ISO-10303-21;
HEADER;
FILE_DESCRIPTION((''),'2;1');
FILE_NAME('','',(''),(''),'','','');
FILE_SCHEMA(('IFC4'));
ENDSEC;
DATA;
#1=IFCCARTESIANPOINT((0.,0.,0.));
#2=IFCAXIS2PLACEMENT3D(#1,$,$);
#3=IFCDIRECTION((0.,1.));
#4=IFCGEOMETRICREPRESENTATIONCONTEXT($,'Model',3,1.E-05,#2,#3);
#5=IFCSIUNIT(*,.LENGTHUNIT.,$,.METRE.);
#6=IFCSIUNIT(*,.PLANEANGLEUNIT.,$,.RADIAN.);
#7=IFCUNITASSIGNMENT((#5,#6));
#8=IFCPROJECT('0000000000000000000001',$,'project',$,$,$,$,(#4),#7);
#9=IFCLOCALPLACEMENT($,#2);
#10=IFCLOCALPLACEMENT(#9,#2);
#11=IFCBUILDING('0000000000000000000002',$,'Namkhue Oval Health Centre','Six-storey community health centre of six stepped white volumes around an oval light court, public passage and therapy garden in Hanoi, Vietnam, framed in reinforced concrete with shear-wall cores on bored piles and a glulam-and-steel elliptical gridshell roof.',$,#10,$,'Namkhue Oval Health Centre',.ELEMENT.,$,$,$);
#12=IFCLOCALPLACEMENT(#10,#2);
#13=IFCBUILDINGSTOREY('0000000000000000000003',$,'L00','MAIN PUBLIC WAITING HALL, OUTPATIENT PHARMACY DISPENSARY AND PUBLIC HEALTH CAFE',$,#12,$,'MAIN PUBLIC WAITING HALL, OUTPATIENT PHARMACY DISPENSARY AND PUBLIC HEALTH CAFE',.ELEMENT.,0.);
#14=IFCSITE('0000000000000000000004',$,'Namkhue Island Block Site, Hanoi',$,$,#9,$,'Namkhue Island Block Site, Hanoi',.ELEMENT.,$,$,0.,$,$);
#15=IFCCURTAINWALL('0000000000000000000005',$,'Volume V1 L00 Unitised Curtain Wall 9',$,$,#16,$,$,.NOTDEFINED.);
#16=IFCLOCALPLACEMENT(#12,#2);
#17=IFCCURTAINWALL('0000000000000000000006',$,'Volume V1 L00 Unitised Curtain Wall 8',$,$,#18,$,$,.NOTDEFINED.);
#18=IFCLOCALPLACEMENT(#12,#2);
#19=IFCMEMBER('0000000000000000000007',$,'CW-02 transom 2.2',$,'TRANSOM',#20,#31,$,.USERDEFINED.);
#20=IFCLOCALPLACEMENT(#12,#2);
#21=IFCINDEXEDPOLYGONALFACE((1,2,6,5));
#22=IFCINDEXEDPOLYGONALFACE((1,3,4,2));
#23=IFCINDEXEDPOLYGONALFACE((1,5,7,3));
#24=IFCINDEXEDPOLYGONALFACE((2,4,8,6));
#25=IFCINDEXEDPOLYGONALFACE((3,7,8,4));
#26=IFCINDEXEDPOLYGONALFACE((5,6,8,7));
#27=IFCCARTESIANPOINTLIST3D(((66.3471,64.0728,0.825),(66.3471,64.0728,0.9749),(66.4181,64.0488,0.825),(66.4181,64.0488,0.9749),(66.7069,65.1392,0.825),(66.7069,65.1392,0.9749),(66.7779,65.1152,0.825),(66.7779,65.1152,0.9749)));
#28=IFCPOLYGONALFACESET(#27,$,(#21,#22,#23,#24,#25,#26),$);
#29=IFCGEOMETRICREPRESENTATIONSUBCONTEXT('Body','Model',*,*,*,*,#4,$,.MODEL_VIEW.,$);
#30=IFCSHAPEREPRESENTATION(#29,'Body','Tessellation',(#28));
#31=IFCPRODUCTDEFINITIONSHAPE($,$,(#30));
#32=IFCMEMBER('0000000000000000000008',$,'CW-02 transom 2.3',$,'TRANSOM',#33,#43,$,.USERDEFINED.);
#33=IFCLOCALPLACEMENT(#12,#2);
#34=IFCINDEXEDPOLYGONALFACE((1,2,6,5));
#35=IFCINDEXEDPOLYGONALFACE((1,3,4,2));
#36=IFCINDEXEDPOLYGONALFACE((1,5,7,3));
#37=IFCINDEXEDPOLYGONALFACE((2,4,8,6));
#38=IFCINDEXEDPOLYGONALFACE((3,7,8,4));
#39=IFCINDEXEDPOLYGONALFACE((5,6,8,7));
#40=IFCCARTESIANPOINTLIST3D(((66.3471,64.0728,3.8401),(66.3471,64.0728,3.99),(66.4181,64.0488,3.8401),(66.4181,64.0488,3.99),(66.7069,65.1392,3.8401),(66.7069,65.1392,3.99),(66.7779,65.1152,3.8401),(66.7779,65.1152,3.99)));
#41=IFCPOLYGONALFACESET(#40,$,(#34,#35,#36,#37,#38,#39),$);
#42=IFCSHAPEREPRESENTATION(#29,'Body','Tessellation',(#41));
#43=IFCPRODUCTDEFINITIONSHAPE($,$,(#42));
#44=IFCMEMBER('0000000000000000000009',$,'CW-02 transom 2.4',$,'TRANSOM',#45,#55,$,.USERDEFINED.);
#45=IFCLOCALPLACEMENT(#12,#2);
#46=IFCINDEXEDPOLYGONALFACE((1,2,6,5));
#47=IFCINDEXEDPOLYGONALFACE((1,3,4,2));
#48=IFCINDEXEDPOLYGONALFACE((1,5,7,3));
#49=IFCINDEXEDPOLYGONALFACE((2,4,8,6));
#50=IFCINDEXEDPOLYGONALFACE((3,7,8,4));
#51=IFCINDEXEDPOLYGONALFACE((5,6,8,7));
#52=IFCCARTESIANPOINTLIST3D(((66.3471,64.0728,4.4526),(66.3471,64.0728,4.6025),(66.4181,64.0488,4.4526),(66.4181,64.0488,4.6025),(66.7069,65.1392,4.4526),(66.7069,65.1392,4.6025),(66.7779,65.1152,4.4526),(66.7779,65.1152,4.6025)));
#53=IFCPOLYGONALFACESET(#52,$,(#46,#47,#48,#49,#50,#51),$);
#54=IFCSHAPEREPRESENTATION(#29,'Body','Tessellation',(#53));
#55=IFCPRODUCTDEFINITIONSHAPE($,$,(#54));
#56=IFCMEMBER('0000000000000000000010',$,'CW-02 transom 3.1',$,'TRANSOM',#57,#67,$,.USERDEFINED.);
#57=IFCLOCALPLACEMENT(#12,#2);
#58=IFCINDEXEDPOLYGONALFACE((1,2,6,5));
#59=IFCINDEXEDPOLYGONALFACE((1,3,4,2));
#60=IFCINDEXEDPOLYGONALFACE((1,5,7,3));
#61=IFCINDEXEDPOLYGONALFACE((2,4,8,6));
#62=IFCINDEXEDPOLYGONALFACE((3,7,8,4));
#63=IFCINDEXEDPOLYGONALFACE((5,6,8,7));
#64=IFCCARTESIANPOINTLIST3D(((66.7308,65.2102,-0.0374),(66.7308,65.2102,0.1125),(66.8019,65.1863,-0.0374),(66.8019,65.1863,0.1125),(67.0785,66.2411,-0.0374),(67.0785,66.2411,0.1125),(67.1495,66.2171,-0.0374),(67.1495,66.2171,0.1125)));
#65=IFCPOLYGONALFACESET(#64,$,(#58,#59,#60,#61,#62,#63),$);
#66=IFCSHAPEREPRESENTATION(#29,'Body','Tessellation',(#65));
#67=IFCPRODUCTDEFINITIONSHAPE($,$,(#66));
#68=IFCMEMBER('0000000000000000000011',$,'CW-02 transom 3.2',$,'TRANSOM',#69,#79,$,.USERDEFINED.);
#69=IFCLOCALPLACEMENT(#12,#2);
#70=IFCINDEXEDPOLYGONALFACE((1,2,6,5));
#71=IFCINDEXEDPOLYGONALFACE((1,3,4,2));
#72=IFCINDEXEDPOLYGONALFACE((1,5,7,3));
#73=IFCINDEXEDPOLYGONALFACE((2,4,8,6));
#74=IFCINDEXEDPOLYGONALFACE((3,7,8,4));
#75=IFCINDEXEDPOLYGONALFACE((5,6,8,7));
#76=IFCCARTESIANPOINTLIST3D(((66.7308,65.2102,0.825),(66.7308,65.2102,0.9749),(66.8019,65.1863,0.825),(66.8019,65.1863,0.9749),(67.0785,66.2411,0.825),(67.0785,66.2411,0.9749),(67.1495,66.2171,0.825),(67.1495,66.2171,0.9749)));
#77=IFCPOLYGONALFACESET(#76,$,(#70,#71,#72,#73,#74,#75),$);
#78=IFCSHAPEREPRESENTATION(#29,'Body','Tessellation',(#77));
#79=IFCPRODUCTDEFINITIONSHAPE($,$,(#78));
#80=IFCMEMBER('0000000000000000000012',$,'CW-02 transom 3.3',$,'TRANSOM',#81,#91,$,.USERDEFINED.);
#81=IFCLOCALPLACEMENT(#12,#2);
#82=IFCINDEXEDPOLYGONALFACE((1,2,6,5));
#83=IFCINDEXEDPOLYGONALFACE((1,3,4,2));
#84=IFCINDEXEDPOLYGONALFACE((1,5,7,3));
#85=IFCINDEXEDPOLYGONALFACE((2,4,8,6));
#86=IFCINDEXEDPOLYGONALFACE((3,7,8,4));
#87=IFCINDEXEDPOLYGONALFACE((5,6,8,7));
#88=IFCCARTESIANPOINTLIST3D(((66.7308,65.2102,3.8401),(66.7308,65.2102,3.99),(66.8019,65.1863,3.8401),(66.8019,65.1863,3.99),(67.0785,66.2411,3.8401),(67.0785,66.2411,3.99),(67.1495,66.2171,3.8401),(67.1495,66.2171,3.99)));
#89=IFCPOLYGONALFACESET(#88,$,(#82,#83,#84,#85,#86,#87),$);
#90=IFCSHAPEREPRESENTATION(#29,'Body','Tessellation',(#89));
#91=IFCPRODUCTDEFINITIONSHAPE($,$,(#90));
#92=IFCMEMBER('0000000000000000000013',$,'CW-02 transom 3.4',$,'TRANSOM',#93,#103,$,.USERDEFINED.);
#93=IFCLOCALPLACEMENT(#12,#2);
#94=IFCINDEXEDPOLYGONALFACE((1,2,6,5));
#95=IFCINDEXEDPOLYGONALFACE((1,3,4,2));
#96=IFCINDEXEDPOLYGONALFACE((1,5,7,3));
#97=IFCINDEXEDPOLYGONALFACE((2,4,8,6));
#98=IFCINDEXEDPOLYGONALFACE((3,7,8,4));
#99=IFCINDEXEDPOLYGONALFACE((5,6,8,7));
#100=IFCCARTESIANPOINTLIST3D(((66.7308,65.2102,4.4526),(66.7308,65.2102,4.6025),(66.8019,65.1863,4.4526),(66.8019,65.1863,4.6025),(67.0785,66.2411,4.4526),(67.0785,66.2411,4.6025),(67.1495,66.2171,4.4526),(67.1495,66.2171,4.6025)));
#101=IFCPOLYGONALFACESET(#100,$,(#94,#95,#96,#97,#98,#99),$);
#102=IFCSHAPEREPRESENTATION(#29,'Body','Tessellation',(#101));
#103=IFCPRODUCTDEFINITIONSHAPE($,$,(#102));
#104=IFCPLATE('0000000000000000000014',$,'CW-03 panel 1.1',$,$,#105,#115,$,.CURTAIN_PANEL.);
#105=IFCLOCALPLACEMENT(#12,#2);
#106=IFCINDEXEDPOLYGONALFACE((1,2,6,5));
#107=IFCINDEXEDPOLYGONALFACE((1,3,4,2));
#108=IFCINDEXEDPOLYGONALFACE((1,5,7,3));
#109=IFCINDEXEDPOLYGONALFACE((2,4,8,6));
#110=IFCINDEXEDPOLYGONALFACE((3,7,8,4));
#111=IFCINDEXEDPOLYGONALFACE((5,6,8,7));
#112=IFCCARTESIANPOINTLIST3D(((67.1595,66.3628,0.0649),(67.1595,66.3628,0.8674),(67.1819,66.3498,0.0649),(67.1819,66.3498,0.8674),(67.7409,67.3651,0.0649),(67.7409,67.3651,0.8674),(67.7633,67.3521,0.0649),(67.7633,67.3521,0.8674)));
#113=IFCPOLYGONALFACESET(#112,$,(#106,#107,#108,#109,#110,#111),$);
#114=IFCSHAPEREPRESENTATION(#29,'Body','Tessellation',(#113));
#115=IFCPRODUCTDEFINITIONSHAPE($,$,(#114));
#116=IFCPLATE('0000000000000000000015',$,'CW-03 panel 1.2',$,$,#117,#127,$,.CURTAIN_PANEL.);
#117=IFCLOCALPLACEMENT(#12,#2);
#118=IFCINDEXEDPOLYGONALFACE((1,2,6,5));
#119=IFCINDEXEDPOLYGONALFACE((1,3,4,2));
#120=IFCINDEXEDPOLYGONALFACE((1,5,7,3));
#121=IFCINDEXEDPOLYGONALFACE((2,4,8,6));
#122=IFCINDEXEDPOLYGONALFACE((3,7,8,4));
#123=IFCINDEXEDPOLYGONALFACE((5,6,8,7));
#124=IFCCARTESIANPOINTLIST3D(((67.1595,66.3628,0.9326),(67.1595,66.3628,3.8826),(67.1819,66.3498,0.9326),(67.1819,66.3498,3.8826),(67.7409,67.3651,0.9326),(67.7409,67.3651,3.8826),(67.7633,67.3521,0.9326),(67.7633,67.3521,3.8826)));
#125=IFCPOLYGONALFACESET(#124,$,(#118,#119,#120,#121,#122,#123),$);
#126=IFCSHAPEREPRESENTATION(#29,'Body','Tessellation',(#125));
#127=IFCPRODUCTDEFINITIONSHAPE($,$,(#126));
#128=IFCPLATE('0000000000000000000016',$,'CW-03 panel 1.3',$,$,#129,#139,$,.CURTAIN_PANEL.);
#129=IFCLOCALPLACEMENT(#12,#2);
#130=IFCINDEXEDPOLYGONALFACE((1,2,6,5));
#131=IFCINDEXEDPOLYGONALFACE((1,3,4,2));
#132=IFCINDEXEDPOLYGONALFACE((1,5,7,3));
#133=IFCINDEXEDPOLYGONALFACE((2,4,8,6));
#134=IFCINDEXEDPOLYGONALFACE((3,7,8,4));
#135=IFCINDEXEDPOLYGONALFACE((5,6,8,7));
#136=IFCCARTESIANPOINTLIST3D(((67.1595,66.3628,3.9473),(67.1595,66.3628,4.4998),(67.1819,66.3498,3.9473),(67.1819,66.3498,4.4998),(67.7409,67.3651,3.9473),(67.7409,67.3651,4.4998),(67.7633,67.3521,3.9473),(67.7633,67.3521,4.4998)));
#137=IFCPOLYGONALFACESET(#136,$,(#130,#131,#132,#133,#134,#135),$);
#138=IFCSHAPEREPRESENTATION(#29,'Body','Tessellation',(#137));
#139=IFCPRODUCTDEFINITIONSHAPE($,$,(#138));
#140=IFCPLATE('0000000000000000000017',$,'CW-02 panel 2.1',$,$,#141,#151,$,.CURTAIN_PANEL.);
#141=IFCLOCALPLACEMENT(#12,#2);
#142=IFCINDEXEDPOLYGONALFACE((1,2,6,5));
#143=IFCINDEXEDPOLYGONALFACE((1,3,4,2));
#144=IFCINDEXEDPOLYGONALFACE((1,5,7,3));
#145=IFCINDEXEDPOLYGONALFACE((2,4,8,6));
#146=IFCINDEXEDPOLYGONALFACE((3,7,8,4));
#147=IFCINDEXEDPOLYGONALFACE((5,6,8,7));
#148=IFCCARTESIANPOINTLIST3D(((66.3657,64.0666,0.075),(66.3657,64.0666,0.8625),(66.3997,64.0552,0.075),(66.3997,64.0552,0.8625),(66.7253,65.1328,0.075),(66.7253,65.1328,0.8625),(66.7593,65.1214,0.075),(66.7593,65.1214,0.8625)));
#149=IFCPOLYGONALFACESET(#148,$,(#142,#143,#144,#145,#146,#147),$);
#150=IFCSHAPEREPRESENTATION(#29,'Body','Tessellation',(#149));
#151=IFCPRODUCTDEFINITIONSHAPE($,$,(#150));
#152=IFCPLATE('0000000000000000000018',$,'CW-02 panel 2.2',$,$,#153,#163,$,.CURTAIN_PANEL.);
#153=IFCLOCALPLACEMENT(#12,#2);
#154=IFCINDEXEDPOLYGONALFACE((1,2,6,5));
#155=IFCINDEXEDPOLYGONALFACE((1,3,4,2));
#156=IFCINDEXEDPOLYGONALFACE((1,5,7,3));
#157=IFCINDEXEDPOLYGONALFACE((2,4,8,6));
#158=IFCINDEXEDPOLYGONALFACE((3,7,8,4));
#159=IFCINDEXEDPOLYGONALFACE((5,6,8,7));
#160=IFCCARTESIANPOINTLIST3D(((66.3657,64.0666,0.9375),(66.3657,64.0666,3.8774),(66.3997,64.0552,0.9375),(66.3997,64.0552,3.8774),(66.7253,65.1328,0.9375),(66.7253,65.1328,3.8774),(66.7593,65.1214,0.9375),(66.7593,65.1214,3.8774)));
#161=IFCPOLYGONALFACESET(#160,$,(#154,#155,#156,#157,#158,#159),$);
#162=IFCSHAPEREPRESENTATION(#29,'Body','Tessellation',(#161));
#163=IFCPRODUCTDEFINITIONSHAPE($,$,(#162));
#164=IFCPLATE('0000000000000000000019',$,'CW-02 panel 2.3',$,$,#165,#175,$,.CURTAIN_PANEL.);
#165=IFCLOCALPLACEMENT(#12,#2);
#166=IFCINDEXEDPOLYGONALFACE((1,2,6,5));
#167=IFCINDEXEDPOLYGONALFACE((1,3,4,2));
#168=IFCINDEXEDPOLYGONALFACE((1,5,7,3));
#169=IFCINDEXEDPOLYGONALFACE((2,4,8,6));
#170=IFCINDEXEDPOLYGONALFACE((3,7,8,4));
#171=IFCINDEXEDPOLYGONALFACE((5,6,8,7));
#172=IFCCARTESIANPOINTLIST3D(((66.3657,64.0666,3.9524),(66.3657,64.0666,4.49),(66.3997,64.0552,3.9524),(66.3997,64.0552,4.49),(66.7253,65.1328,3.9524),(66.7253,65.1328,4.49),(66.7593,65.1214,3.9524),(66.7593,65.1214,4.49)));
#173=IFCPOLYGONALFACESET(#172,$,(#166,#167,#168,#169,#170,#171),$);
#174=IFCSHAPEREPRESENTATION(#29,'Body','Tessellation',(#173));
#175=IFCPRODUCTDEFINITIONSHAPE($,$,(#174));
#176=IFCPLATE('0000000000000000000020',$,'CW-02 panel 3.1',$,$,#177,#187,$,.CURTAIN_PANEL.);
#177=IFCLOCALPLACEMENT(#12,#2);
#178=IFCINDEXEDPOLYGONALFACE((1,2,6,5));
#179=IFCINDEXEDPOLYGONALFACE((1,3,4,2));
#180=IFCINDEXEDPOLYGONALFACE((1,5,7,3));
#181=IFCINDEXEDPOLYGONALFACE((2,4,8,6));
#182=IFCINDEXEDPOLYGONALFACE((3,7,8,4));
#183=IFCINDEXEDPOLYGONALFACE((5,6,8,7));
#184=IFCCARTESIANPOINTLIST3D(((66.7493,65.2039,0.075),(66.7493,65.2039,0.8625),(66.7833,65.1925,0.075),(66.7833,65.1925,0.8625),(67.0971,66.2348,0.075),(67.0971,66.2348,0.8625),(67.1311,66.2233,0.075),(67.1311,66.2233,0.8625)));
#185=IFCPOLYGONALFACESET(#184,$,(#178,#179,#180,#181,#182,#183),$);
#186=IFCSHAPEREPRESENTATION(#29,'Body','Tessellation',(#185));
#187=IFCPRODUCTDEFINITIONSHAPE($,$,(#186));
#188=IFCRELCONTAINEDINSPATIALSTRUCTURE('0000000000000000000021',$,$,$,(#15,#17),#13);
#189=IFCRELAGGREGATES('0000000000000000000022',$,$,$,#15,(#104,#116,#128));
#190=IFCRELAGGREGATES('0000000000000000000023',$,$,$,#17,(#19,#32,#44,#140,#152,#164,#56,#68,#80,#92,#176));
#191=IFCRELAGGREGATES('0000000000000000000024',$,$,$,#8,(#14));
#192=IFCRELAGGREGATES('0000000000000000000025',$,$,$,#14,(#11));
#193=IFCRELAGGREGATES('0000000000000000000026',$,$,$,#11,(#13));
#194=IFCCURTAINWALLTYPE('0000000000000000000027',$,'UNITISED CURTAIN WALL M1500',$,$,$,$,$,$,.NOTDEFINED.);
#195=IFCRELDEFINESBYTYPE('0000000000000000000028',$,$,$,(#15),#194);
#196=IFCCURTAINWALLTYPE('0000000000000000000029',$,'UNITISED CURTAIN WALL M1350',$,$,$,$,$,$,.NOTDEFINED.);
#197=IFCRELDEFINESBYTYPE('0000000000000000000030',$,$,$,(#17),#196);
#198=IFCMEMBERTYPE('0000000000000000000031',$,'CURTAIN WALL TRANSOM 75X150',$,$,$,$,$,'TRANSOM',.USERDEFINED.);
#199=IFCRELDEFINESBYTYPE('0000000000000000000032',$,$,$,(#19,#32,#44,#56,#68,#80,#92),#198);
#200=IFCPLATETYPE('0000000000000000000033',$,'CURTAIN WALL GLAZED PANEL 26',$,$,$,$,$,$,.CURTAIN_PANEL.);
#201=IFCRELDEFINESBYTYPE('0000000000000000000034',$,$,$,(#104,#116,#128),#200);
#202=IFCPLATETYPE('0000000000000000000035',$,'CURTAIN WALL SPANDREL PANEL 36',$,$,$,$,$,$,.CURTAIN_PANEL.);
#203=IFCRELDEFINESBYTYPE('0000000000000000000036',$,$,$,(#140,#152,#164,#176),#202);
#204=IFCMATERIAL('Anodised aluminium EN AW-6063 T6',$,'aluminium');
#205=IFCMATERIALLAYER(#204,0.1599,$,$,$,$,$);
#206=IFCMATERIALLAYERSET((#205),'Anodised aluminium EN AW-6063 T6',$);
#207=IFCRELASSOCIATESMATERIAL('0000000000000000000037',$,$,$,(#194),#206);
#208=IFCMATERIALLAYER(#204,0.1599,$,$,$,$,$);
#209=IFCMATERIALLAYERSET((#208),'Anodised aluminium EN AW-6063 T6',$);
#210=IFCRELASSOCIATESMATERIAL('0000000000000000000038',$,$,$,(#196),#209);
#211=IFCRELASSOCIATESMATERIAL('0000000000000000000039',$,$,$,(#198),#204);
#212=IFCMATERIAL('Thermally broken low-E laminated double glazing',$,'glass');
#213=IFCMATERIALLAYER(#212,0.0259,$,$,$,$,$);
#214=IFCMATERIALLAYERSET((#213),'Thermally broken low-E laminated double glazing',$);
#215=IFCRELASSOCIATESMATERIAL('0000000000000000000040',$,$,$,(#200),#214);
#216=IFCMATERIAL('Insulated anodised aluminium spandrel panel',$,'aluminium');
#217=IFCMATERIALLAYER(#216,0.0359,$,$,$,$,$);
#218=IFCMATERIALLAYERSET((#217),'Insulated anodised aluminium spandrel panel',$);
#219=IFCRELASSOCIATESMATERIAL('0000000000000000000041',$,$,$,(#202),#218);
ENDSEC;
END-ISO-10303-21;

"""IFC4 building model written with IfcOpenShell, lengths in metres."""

from ifc_helpers import new_model, si_unit, direction, frame, origin, origin_2d, place, context, subcontext, project, spatial, rectangle, extrude, material, layer, layer_set, material_profile, profile_set, type_object, element, aggregate, save


model = new_model("IFC4")

# Units and contexts
model_context = context("Model", 3, precision=1e-05, world=origin(), true_north=direction((0.0, 1.0)))
body_context = subcontext(model_context, "Body", "Model", "MODEL_VIEW")
ifc_project = project(units=[si_unit("LENGTHUNIT", "METRE"), si_unit("PLANEANGLEUNIT", "RADIAN")], contexts=[model_context])

# Site, building, storey
site_placement = place(None, origin())
site = spatial("IfcSite", under=ifc_project, at=site_placement, Name="Namkhue Island Block Site, Hanoi", LongName="Namkhue Island Block Site, Hanoi", CompositionType="ELEMENT", RefElevation=0.0)
building_placement = place(site_placement, origin())
building = spatial("IfcBuilding", under=site, at=building_placement, Name="Namkhue Oval Health Centre", Description="Six-storey community health centre of six stepped white volumes around an oval light court, public passage and therapy garden in Hanoi, Vietnam, framed in reinforced concrete with shear-wall cores on bored piles and a glulam-and-steel elliptical gridshell roof.", LongName="Namkhue Oval Health Centre", CompositionType="ELEMENT")
storey_placement = place(building_placement, origin())
storey = spatial("IfcBuildingStorey", under=building, at=storey_placement, Name="L00", Description="MAIN PUBLIC WAITING HALL, OUTPATIENT PHARMACY DISPENSARY AND PUBLIC HEALTH CAFE", LongName="MAIN PUBLIC WAITING HALL, OUTPATIENT PHARMACY DISPENSARY AND PUBLIC HEALTH CAFE", CompositionType="ELEMENT", Elevation=0.0)

# Curtain walls
ifc_material_1 = material(Name="Anodised aluminium EN AW-6063 T6", Category="aluminium")
ifc_layer_1 = layer(ifc_material_1, 0.1599)
ifc_layer_set_1 = layer_set([ifc_layer_1], Name="Anodised aluminium EN AW-6063 T6")
curtain_wall_type_1 = type_object("IfcCurtainWallType", Name="UNITISED CURTAIN WALL M1500", PredefinedType="NOTDEFINED", material=ifc_layer_set_1)
curtain_wall_1_placement = place(storey_placement, origin())
curtain_wall_1 = element("IfcCurtainWall", 1, at=curtain_wall_1_placement, inside=storey, type_object=curtain_wall_type_1, Name="Volume V1 L00 Unitised Curtain Wall 9", PredefinedType="NOTDEFINED")
ifc_layer_2 = layer(ifc_material_1, 0.1599)
ifc_layer_set_2 = layer_set([ifc_layer_2], Name="Anodised aluminium EN AW-6063 T6")
curtain_wall_type_2 = type_object("IfcCurtainWallType", Name="UNITISED CURTAIN WALL M1350", PredefinedType="NOTDEFINED", material=ifc_layer_set_2)
curtain_wall_2_placement = place(storey_placement, origin())
curtain_wall_2 = element("IfcCurtainWall", 2, at=curtain_wall_2_placement, inside=storey, type_object=curtain_wall_type_2, Name="Volume V1 L00 Unitised Curtain Wall 8", PredefinedType="NOTDEFINED")

# Members
ifc_material_profile_1 = material_profile(ifc_material_1, rectangle(XDim=0.075, YDim=0.1499, at=origin_2d()), Name="ALU 75x150")
ifc_profile_set_1 = profile_set([ifc_material_profile_1], Name="Anodised aluminium EN AW-6063 T6")
member_type_1 = type_object("IfcMemberType", Name="CURTAIN WALL TRANSOM 75X150", ElementType="TRANSOM", PredefinedType="USERDEFINED", material=ifc_profile_set_1)
member_1_placement = place(storey_placement, frame((66.3826, 64.0608, 0.8999), z_axis=(0.31974, 0.947505, 0.0), x_axis=(-0.947505, 0.31974, 0.0)))
member_1 = element("IfcMember", 3, at=member_1_placement, type_object=member_type_1, Name="CW-02 transom 2.2", ObjectType="TRANSOM", PredefinedType="USERDEFINED", context=body_context, shape_type="SweptSolid", body=[
    extrude(rectangle(XDim=0.075, YDim=0.1499, at=origin_2d()), origin(), (0.0, 0.0, 1.0), 1.1255),
])
member_2_placement = place(storey_placement, frame((66.3826, 64.0608, 3.915), z_axis=(0.31974, 0.947505, 0.0), x_axis=(-0.947505, 0.31974, 0.0)))
member_2 = element("IfcMember", 4, at=member_2_placement, type_object=member_type_1, Name="CW-02 transom 2.3", ObjectType="TRANSOM", PredefinedType="USERDEFINED", context=body_context, shape_type="SweptSolid", body=[
    extrude(rectangle(XDim=0.075, YDim=0.1499, at=origin_2d()), origin(), (0.0, 0.0, 1.0), 1.1255),
])
member_3_placement = place(storey_placement, frame((66.3826, 64.0608, 4.5276), z_axis=(0.31974, 0.947505, 0.0), x_axis=(-0.947505, 0.31974, 0.0)))
member_3 = element("IfcMember", 5, at=member_3_placement, type_object=member_type_1, Name="CW-02 transom 2.4", ObjectType="TRANSOM", PredefinedType="USERDEFINED", context=body_context, shape_type="SweptSolid", body=[
    extrude(rectangle(XDim=0.075, YDim=0.1499, at=origin_2d()), origin(), (0.0, 0.0, 1.0), 1.1255),
])
member_4_placement = place(storey_placement, frame((66.7664, 65.1982, 0.0376), z_axis=(0.319592, 0.947555, 0.0), x_axis=(-0.947555, 0.319592, 0.0)))
member_4 = element("IfcMember", 6, at=member_4_placement, type_object=member_type_1, Name="CW-02 transom 3.1", ObjectType="TRANSOM", PredefinedType="USERDEFINED", context=body_context, shape_type="SweptSolid", body=[
    extrude(rectangle(XDim=0.075, YDim=0.1499, at=origin_2d()), origin(), (0.0, 0.0, 1.0), 1.0879),
])
member_5_placement = place(storey_placement, frame((66.7664, 65.1982, 0.8999), z_axis=(0.319592, 0.947555, 0.0), x_axis=(-0.947555, 0.319592, 0.0)))
member_5 = element("IfcMember", 7, at=member_5_placement, type_object=member_type_1, Name="CW-02 transom 3.2", ObjectType="TRANSOM", PredefinedType="USERDEFINED", context=body_context, shape_type="SweptSolid", body=[
    extrude(rectangle(XDim=0.075, YDim=0.1499, at=origin_2d()), origin(), (0.0, 0.0, 1.0), 1.0879),
])
member_6_placement = place(storey_placement, frame((66.7664, 65.1982, 3.915), z_axis=(0.319592, 0.947555, 0.0), x_axis=(-0.947555, 0.319592, 0.0)))
member_6 = element("IfcMember", 8, at=member_6_placement, type_object=member_type_1, Name="CW-02 transom 3.3", ObjectType="TRANSOM", PredefinedType="USERDEFINED", context=body_context, shape_type="SweptSolid", body=[
    extrude(rectangle(XDim=0.075, YDim=0.1499, at=origin_2d()), origin(), (0.0, 0.0, 1.0), 1.0879),
])
member_7_placement = place(storey_placement, frame((66.7664, 65.1982, 4.5276), z_axis=(0.319592, 0.947555, 0.0), x_axis=(-0.947555, 0.319592, 0.0)))
member_7 = element("IfcMember", 9, at=member_7_placement, type_object=member_type_1, Name="CW-02 transom 3.4", ObjectType="TRANSOM", PredefinedType="USERDEFINED", context=body_context, shape_type="SweptSolid", body=[
    extrude(rectangle(XDim=0.075, YDim=0.1499, at=origin_2d()), origin(), (0.0, 0.0, 1.0), 1.0879),
])

# Plates
ifc_material_2 = material(Name="Thermally broken low-E laminated double glazing", Category="glass")
ifc_layer_3 = layer(ifc_material_2, 0.0259)
ifc_layer_set_3 = layer_set([ifc_layer_3], Name="Thermally broken low-E laminated double glazing")
plate_type_1 = type_object("IfcPlateType", Name="CURTAIN WALL GLAZED PANEL 26", PredefinedType="CURTAIN_PANEL", material=ifc_layer_set_3)
plate_1_placement = place(storey_placement, frame((67.4614, 66.8574, 0.0649), z_axis=(0.0, 0.0, 1.0), x_axis=(0.501758, 0.865008, 0.0)))
plate_1 = element("IfcPlate", 10, at=plate_1_placement, type_object=plate_type_1, Name="CW-03 panel 1.1", PredefinedType="CURTAIN_PANEL", context=body_context, shape_type="SweptSolid", body=[
    extrude(rectangle(XDim=1.1587, YDim=0.0259, at=origin_2d()), origin(), (0.0, 0.0, 1.0), 0.8025),
])
plate_2_placement = place(storey_placement, frame((67.4614, 66.8574, 0.9326), z_axis=(0.0, 0.0, 1.0), x_axis=(0.501758, 0.865008, 0.0)))
plate_2 = element("IfcPlate", 11, at=plate_2_placement, type_object=plate_type_1, Name="CW-03 panel 1.2", PredefinedType="CURTAIN_PANEL", context=body_context, shape_type="SweptSolid", body=[
    extrude(rectangle(XDim=1.1587, YDim=0.0259, at=origin_2d()), origin(), (0.0, 0.0, 1.0), 2.95),
])
plate_3_placement = place(storey_placement, frame((67.4614, 66.8574, 3.9473), z_axis=(0.0, 0.0, 1.0), x_axis=(0.501758, 0.865008, 0.0)))
plate_3 = element("IfcPlate", 12, at=plate_3_placement, type_object=plate_type_1, Name="CW-03 panel 1.3", PredefinedType="CURTAIN_PANEL", context=body_context, shape_type="SweptSolid", body=[
    extrude(rectangle(XDim=1.1587, YDim=0.0259, at=origin_2d()), origin(), (0.0, 0.0, 1.0), 0.5525),
])
aggregate(curtain_wall_1, [plate_1, plate_2, plate_3])
ifc_material_3 = material(Name="Insulated anodised aluminium spandrel panel", Category="aluminium")
ifc_layer_4 = layer(ifc_material_3, 0.0359)
ifc_layer_set_4 = layer_set([ifc_layer_4], Name="Insulated anodised aluminium spandrel panel")
plate_type_2 = type_object("IfcPlateType", Name="CURTAIN WALL SPANDREL PANEL 36", PredefinedType="CURTAIN_PANEL", material=ifc_layer_set_4)
plate_4_placement = place(storey_placement, frame((66.5625, 64.594, 0.075), z_axis=(0.0, 0.0, 1.0), x_axis=(0.319642, 0.947539, 0.0)))
plate_4 = element("IfcPlate", 13, at=plate_4_placement, type_object=plate_type_2, Name="CW-02 panel 2.1", PredefinedType="CURTAIN_PANEL", context=body_context, shape_type="SweptSolid", body=[
    extrude(rectangle(XDim=1.1252, YDim=0.0359, at=origin_2d()), origin(), (0.0, 0.0, 1.0), 0.7876),
])
plate_5_placement = place(storey_placement, frame((66.5625, 64.594, 0.9375), z_axis=(0.0, 0.0, 1.0), x_axis=(0.319642, 0.947539, 0.0)))
plate_5 = element("IfcPlate", 14, at=plate_5_placement, type_object=plate_type_2, Name="CW-02 panel 2.2", PredefinedType="CURTAIN_PANEL", context=body_context, shape_type="SweptSolid", body=[
    extrude(rectangle(XDim=1.1252, YDim=0.0359, at=origin_2d()), origin(), (0.0, 0.0, 1.0), 2.9399),
])
plate_6_placement = place(storey_placement, frame((66.5625, 64.594, 3.9524), z_axis=(0.0, 0.0, 1.0), x_axis=(0.319642, 0.947539, 0.0)))
plate_6 = element("IfcPlate", 15, at=plate_6_placement, type_object=plate_type_2, Name="CW-02 panel 2.3", PredefinedType="CURTAIN_PANEL", context=body_context, shape_type="SweptSolid", body=[
    extrude(rectangle(XDim=1.1252, YDim=0.0359, at=origin_2d()), origin(), (0.0, 0.0, 1.0), 0.5376),
])
plate_7_placement = place(storey_placement, frame((66.9402, 65.7136, 0.075), z_axis=(0.0, 0.0, 1.0), x_axis=(0.319642, 0.947539, 0.0)))
plate_7 = element("IfcPlate", 16, at=plate_7_placement, type_object=plate_type_2, Name="CW-02 panel 3.1", PredefinedType="CURTAIN_PANEL", context=body_context, shape_type="SweptSolid", body=[
    extrude(rectangle(XDim=1.0879, YDim=0.0359, at=origin_2d()), origin(), (0.0, 0.0, 1.0), 0.7876),
])
aggregate(curtain_wall_2, [member_1, member_2, member_3, plate_4, plate_5, plate_6, member_4, member_5, member_6, member_7, plate_7])

save(model, "model.ifc")
